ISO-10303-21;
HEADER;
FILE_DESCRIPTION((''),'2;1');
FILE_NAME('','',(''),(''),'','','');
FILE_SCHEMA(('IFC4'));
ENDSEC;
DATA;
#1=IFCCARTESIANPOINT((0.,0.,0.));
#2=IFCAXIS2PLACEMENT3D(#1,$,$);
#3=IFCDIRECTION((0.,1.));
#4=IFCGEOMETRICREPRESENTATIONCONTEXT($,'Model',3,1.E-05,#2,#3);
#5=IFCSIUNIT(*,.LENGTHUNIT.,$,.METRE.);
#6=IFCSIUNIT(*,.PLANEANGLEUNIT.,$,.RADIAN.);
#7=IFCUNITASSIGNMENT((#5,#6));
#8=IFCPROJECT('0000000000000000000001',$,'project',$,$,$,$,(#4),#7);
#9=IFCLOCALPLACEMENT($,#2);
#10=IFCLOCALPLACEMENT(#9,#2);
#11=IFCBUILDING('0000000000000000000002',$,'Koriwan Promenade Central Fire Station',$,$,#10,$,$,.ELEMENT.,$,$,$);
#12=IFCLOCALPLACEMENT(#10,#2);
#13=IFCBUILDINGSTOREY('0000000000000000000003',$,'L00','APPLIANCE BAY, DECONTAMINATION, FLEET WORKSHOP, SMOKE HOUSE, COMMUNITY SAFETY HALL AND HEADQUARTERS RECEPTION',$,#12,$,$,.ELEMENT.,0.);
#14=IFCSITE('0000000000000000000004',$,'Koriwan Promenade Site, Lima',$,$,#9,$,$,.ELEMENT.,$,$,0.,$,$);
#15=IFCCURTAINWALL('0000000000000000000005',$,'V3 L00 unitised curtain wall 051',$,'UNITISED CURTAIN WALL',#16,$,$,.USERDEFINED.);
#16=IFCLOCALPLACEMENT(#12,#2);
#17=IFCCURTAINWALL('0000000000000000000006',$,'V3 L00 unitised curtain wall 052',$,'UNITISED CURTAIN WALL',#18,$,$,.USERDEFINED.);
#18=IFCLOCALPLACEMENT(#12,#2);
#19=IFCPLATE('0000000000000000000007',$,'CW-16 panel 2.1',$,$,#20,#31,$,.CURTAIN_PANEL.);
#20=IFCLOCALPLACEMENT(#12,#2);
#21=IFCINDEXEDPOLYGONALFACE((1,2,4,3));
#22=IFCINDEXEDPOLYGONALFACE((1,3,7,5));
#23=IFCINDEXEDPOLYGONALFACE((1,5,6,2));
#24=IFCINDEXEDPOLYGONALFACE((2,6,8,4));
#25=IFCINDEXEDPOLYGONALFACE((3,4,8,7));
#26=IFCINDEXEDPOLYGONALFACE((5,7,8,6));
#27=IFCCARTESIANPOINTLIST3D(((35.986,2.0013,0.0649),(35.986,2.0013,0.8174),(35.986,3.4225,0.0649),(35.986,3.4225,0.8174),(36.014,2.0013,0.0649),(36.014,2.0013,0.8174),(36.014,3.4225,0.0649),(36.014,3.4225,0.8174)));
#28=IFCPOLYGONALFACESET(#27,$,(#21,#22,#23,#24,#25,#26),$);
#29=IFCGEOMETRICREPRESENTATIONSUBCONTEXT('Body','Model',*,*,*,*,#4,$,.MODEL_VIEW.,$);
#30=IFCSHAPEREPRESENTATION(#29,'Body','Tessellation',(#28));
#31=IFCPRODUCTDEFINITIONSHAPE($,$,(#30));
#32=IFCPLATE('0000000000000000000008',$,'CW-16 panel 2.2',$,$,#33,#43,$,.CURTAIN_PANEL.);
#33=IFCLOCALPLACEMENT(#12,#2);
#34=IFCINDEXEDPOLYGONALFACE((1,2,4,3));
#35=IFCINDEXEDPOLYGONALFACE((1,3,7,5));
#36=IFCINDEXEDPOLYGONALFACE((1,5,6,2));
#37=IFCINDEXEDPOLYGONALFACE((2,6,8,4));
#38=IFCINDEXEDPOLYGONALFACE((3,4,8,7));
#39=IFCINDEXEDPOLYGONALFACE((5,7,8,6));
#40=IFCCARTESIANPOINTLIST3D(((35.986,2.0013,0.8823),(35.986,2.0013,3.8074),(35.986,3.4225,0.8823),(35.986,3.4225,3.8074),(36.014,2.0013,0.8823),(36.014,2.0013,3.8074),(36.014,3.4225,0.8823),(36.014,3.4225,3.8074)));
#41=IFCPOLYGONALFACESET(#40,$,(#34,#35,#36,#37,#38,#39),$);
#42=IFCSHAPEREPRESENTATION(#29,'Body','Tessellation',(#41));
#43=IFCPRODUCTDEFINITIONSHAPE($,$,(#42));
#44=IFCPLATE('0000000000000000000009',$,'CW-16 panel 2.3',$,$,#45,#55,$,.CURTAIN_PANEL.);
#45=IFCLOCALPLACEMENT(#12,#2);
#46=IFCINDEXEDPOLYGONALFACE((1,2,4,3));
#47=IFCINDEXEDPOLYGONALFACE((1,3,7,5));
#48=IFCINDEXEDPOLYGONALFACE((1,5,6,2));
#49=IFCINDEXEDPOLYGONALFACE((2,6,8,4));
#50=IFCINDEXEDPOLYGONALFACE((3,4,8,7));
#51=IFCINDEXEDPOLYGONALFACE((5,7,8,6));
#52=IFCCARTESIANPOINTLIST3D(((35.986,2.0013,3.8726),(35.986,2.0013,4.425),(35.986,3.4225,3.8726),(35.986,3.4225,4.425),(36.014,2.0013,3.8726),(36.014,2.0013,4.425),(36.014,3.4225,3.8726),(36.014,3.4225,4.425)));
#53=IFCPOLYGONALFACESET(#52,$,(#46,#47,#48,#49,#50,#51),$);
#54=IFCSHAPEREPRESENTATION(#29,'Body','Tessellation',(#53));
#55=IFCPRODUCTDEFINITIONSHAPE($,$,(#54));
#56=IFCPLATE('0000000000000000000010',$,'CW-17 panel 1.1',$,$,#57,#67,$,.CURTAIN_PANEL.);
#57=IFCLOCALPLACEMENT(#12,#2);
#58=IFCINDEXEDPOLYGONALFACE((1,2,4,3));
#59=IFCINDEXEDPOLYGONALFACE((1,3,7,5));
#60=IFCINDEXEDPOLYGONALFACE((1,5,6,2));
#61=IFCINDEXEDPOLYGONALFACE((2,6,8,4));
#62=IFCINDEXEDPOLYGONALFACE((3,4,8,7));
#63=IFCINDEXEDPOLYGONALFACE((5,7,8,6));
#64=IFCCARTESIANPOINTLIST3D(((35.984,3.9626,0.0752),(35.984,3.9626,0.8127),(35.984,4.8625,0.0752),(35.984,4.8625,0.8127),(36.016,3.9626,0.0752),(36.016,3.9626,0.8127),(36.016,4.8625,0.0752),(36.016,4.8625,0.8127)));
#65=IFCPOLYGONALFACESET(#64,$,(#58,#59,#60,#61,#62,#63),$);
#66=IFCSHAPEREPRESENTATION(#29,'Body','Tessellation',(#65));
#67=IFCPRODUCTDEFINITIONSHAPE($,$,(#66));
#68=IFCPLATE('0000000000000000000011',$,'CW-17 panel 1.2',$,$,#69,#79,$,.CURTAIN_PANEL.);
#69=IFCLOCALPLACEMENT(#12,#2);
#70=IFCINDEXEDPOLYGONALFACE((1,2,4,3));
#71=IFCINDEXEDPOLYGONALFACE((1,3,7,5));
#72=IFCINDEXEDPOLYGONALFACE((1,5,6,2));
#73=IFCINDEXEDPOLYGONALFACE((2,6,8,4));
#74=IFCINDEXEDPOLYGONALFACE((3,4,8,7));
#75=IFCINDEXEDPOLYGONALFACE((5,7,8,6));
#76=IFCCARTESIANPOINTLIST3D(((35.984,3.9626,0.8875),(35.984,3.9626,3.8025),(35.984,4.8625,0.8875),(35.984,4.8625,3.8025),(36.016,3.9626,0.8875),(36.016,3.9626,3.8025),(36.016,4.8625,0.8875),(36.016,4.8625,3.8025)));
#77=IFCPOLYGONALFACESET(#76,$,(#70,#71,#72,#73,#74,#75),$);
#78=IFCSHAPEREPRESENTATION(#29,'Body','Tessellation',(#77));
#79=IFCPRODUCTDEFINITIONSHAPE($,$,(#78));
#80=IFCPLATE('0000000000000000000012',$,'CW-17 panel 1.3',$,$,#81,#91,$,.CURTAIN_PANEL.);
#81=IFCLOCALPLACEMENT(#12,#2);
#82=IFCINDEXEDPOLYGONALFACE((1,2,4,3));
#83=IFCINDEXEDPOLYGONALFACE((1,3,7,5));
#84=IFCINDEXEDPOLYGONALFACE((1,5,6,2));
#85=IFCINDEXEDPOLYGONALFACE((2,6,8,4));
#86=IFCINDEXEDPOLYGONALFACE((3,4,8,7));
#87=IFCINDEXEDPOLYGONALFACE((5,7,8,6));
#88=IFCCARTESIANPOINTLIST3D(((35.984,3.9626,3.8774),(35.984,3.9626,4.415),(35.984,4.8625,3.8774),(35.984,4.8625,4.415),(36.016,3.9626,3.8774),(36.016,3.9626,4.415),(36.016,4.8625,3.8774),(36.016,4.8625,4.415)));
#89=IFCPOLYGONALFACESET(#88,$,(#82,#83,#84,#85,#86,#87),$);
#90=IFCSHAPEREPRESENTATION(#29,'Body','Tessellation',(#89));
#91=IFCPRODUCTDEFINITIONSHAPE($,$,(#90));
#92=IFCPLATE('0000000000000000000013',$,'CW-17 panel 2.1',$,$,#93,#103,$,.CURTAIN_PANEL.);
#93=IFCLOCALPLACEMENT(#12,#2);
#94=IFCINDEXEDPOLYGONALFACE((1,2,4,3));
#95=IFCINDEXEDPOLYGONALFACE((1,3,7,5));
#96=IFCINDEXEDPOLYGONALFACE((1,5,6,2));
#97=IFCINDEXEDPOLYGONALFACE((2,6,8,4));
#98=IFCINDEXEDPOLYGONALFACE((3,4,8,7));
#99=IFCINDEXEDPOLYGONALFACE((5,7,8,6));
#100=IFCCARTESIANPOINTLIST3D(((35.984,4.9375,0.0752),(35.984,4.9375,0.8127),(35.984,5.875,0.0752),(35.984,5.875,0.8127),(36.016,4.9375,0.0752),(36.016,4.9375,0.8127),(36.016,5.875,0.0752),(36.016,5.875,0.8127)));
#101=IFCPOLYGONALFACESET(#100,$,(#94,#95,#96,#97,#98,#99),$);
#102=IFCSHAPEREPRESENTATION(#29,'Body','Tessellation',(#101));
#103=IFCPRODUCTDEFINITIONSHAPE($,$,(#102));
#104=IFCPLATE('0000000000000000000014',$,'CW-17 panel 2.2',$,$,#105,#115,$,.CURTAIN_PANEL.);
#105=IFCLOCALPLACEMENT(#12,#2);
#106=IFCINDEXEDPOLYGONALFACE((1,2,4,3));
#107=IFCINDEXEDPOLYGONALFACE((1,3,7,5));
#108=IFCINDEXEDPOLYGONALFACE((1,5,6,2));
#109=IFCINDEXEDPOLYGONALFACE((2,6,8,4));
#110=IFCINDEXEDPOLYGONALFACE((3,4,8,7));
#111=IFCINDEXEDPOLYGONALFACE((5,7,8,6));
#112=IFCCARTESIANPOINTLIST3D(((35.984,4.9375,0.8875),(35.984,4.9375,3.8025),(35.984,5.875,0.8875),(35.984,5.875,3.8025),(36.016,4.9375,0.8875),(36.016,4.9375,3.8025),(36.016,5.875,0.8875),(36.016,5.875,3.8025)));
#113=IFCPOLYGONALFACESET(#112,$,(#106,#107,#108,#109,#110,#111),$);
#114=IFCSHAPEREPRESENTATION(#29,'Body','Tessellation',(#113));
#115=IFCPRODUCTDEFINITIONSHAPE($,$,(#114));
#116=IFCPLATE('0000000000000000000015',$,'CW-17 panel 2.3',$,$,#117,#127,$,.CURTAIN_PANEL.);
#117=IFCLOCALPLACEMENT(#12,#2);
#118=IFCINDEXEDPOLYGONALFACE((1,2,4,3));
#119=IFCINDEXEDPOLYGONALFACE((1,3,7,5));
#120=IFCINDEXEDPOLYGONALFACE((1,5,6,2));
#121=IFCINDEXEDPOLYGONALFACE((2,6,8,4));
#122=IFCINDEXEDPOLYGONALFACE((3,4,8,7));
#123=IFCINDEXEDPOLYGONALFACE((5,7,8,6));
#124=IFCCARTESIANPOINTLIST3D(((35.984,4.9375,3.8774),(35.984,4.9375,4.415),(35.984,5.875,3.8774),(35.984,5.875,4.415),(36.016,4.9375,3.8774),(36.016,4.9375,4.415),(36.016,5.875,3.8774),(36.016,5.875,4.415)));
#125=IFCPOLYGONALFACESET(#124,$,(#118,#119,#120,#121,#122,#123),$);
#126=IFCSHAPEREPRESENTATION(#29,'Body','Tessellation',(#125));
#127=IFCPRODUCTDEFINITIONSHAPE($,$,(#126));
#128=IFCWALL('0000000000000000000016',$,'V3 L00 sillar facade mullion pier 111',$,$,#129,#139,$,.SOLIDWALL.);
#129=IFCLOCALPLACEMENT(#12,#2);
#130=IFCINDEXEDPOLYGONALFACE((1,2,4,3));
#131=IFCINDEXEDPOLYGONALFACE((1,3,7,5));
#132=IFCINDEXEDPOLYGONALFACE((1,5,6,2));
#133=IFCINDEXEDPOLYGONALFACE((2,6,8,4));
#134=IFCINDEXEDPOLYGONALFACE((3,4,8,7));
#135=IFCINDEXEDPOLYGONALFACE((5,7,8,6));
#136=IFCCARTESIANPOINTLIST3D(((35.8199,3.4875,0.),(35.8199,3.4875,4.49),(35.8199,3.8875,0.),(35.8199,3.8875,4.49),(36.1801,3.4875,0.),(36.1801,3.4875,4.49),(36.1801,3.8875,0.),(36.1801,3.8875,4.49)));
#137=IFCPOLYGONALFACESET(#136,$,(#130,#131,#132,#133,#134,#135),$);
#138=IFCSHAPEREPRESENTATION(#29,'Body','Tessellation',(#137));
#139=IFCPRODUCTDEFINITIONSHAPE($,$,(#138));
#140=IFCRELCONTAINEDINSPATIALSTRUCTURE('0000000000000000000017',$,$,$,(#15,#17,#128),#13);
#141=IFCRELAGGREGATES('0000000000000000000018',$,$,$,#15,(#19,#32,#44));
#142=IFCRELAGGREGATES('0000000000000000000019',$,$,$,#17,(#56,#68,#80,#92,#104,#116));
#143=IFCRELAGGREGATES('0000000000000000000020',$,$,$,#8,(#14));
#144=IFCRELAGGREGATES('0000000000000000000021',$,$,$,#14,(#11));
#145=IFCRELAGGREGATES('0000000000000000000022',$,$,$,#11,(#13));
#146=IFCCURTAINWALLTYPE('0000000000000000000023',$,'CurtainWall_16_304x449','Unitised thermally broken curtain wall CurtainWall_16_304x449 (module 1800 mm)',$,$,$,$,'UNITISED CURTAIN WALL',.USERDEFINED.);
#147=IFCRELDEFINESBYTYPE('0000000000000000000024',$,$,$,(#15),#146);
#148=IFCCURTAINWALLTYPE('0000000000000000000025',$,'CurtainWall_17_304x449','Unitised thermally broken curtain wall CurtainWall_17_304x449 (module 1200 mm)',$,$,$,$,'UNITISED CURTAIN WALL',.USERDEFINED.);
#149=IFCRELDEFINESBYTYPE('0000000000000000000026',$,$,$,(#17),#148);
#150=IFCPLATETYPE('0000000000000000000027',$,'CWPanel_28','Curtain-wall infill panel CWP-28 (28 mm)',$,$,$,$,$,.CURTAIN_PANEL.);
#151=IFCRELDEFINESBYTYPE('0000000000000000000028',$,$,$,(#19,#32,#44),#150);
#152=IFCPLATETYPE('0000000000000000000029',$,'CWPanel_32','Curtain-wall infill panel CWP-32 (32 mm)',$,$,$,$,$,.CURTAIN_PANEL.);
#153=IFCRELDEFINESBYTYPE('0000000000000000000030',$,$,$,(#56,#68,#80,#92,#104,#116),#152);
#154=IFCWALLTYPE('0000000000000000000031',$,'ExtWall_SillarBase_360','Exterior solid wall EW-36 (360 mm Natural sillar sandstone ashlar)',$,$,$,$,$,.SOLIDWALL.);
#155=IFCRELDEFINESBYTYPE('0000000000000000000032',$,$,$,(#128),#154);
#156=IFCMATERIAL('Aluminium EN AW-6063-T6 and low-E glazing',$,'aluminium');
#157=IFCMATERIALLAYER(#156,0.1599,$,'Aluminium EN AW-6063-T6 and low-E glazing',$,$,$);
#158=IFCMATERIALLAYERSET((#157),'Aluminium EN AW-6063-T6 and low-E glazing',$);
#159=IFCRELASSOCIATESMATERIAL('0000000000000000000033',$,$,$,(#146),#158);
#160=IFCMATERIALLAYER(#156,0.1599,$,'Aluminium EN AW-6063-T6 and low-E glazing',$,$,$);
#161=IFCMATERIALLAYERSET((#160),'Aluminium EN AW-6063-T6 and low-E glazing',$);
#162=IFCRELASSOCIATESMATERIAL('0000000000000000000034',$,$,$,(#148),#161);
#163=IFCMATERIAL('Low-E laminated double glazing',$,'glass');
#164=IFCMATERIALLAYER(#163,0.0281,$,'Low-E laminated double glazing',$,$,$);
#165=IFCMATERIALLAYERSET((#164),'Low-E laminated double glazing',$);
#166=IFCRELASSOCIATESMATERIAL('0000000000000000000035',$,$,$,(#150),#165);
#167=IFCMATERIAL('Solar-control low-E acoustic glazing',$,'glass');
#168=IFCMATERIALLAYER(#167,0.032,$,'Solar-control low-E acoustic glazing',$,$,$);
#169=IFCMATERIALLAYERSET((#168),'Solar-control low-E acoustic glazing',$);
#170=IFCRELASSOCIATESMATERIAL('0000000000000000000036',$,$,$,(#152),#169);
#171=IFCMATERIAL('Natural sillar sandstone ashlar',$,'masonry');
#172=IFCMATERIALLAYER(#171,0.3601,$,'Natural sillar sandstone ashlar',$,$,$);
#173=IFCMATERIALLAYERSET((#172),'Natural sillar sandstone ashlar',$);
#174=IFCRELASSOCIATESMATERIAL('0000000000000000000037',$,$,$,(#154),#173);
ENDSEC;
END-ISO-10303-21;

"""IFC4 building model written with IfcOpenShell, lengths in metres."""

from ifc_helpers import new_model, si_unit, direction, frame, frame_2d, origin, origin_2d, place, context, subcontext, project, spatial, rectangle, extrude, material, layer, layer_set, type_object, element, aggregate, save


model = new_model("IFC4")

# Units and contexts
model_context = context("Model", 3, precision=1e-05, world=origin(), true_north=direction((0.0, 1.0)))
body_context = subcontext(model_context, "Body", "Model", "MODEL_VIEW")
ifc_project = project(units=[si_unit("LENGTHUNIT", "METRE"), si_unit("PLANEANGLEUNIT", "RADIAN")], contexts=[model_context])

# Site, building, storey
site_placement = place(None, origin())
site = spatial("IfcSite", under=ifc_project, at=site_placement, Name="Koriwan Promenade Site, Lima", CompositionType="ELEMENT", RefElevation=0.0)
building_placement = place(site_placement, origin())
building = spatial("IfcBuilding", under=site, at=building_placement, Name="Koriwan Promenade Central Fire Station", CompositionType="ELEMENT")
storey_placement = place(building_placement, origin())
storey = spatial("IfcBuildingStorey", under=building, at=storey_placement, Name="L00", Description="APPLIANCE BAY, DECONTAMINATION, FLEET WORKSHOP, SMOKE HOUSE, COMMUNITY SAFETY HALL AND HEADQUARTERS RECEPTION", CompositionType="ELEMENT", Elevation=0.0)

# Curtain walls
ifc_material_1 = material(Name="Aluminium EN AW-6063-T6 and low-E glazing", Category="aluminium")
ifc_layer_1 = layer(ifc_material_1, 0.1599, Name="Aluminium EN AW-6063-T6 and low-E glazing")
ifc_layer_set_1 = layer_set([ifc_layer_1], Name="Aluminium EN AW-6063-T6 and low-E glazing")
curtain_wall_type_1 = type_object("IfcCurtainWallType", Name="CurtainWall_16_304x449", Description="Unitised thermally broken curtain wall CurtainWall_16_304x449 (module 1800 mm)", ElementType="UNITISED CURTAIN WALL", PredefinedType="USERDEFINED", material=ifc_layer_set_1)
curtain_wall_1_placement = place(storey_placement, origin())
curtain_wall_1 = element("IfcCurtainWall", 1, at=curtain_wall_1_placement, inside=storey, type_object=curtain_wall_type_1, Name="V3 L00 unitised curtain wall 051", ObjectType="UNITISED CURTAIN WALL", PredefinedType="USERDEFINED")
ifc_layer_2 = layer(ifc_material_1, 0.1599, Name="Aluminium EN AW-6063-T6 and low-E glazing")
ifc_layer_set_2 = layer_set([ifc_layer_2], Name="Aluminium EN AW-6063-T6 and low-E glazing")
curtain_wall_type_2 = type_object("IfcCurtainWallType", Name="CurtainWall_17_304x449", Description="Unitised thermally broken curtain wall CurtainWall_17_304x449 (module 1200 mm)", ElementType="UNITISED CURTAIN WALL", PredefinedType="USERDEFINED", material=ifc_layer_set_2)
curtain_wall_2_placement = place(storey_placement, origin())
curtain_wall_2 = element("IfcCurtainWall", 2, at=curtain_wall_2_placement, inside=storey, type_object=curtain_wall_type_2, Name="V3 L00 unitised curtain wall 052", ObjectType="UNITISED CURTAIN WALL", PredefinedType="USERDEFINED")

# Plates
ifc_material_2 = material(Name="Low-E laminated double glazing", Category="glass")
ifc_layer_3 = layer(ifc_material_2, 0.0281, Name="Low-E laminated double glazing")
ifc_layer_set_3 = layer_set([ifc_layer_3], Name="Low-E laminated double glazing")
plate_type_1 = type_object("IfcPlateType", Name="CWPanel_28", Description="Curtain-wall infill panel CWP-28 (28 mm)", PredefinedType="CURTAIN_PANEL", material=ifc_layer_set_3)
plate_1_placement = place(storey_placement, frame((36.0, 2.7119, 0.0649), z_axis=(0.0, 0.0, 1.0), x_axis=(0.0, 1.0, 0.0)))
plate_1 = element("IfcPlate", 3, at=plate_1_placement, type_object=plate_type_1, Name="CW-16 panel 2.1", PredefinedType="CURTAIN_PANEL", context=body_context, shape_type="SweptSolid", body=[
    extrude(rectangle(XDim=1.4211, YDim=0.0281, at=origin_2d()), origin(), (0.0, 0.0, 1.0), 0.7524),
])
plate_2_placement = place(storey_placement, frame((36.0, 2.7119, 0.8823), z_axis=(0.0, 0.0, 1.0), x_axis=(0.0, 1.0, 0.0)))
plate_2 = element("IfcPlate", 4, at=plate_2_placement, type_object=plate_type_1, Name="CW-16 panel 2.2", PredefinedType="CURTAIN_PANEL", context=body_context, shape_type="SweptSolid", body=[
    extrude(rectangle(XDim=1.4211, YDim=0.0281, at=origin_2d()), origin(), (0.0, 0.0, 1.0), 2.925),
])
plate_3_placement = place(storey_placement, frame((36.0, 2.7119, 3.8726), z_axis=(0.0, 0.0, 1.0), x_axis=(0.0, 1.0, 0.0)))
plate_3 = element("IfcPlate", 5, at=plate_3_placement, type_object=plate_type_1, Name="CW-16 panel 2.3", PredefinedType="CURTAIN_PANEL", context=body_context, shape_type="SweptSolid", body=[
    extrude(rectangle(XDim=1.4211, YDim=0.0281, at=origin_2d()), origin(), (0.0, 0.0, 1.0), 0.5525),
])
aggregate(curtain_wall_1, [plate_1, plate_2, plate_3])
ifc_material_3 = material(Name="Solar-control low-E acoustic glazing", Category="glass")
ifc_layer_4 = layer(ifc_material_3, 0.032, Name="Solar-control low-E acoustic glazing")
ifc_layer_set_4 = layer_set([ifc_layer_4], Name="Solar-control low-E acoustic glazing")
plate_type_2 = type_object("IfcPlateType", Name="CWPanel_32", Description="Curtain-wall infill panel CWP-32 (32 mm)", PredefinedType="CURTAIN_PANEL", material=ifc_layer_set_4)
plate_4_placement = place(storey_placement, frame((36.0, 4.4126, 0.0752), z_axis=(0.0, 0.0, 1.0), x_axis=(0.0, 1.0, 0.0)))
plate_4 = element("IfcPlate", 6, at=plate_4_placement, type_object=plate_type_2, Name="CW-17 panel 1.1", PredefinedType="CURTAIN_PANEL", context=body_context, shape_type="SweptSolid", body=[
    extrude(rectangle(XDim=0.8999, YDim=0.032, at=origin_2d()), origin(), (0.0, 0.0, 1.0), 0.7375),
])
plate_5_placement = place(storey_placement, frame((36.0, 4.4126, 0.8875), z_axis=(0.0, 0.0, 1.0), x_axis=(0.0, 1.0, 0.0)))
plate_5 = element("IfcPlate", 7, at=plate_5_placement, type_object=plate_type_2, Name="CW-17 panel 1.2", PredefinedType="CURTAIN_PANEL", context=body_context, shape_type="SweptSolid", body=[
    extrude(rectangle(XDim=0.8999, YDim=0.032, at=origin_2d()), origin(), (0.0, 0.0, 1.0), 2.915),
])
plate_6_placement = place(storey_placement, frame((36.0, 4.4126, 3.8774), z_axis=(0.0, 0.0, 1.0), x_axis=(0.0, 1.0, 0.0)))
plate_6 = element("IfcPlate", 8, at=plate_6_placement, type_object=plate_type_2, Name="CW-17 panel 1.3", PredefinedType="CURTAIN_PANEL", context=body_context, shape_type="SweptSolid", body=[
    extrude(rectangle(XDim=0.8999, YDim=0.032, at=origin_2d()), origin(), (0.0, 0.0, 1.0), 0.5376),
])
plate_7_placement = place(storey_placement, frame((36.0, 5.4062, 0.0752), z_axis=(0.0, 0.0, 1.0), x_axis=(0.0, 1.0, 0.0)))
plate_7 = element("IfcPlate", 9, at=plate_7_placement, type_object=plate_type_2, Name="CW-17 panel 2.1", PredefinedType="CURTAIN_PANEL", context=body_context, shape_type="SweptSolid", body=[
    extrude(rectangle(XDim=0.9375, YDim=0.032, at=origin_2d()), origin(), (0.0, 0.0, 1.0), 0.7375),
])
plate_8_placement = place(storey_placement, frame((36.0, 5.4062, 0.8875), z_axis=(0.0, 0.0, 1.0), x_axis=(0.0, 1.0, 0.0)))
plate_8 = element("IfcPlate", 10, at=plate_8_placement, type_object=plate_type_2, Name="CW-17 panel 2.2", PredefinedType="CURTAIN_PANEL", context=body_context, shape_type="SweptSolid", body=[
    extrude(rectangle(XDim=0.9375, YDim=0.032, at=origin_2d()), origin(), (0.0, 0.0, 1.0), 2.915),
])
plate_9_placement = place(storey_placement, frame((36.0, 5.4062, 3.8774), z_axis=(0.0, 0.0, 1.0), x_axis=(0.0, 1.0, 0.0)))
plate_9 = element("IfcPlate", 11, at=plate_9_placement, type_object=plate_type_2, Name="CW-17 panel 2.3", PredefinedType="CURTAIN_PANEL", context=body_context, shape_type="SweptSolid", body=[
    extrude(rectangle(XDim=0.9375, YDim=0.032, at=origin_2d()), origin(), (0.0, 0.0, 1.0), 0.5376),
])
aggregate(curtain_wall_2, [plate_4, plate_5, plate_6, plate_7, plate_8, plate_9])

# Wall
ifc_material_4 = material(Name="Natural sillar sandstone ashlar", Category="masonry")
ifc_layer_5 = layer(ifc_material_4, 0.3601, Name="Natural sillar sandstone ashlar")
ifc_layer_set_5 = layer_set([ifc_layer_5], Name="Natural sillar sandstone ashlar")
wall_type = type_object("IfcWallType", Name="ExtWall_SillarBase_360", Description="Exterior solid wall EW-36 (360 mm Natural sillar sandstone ashlar)", PredefinedType="SOLIDWALL", material=ifc_layer_set_5)
wall_placement = place(storey_placement, frame((36.0, 3.4875, 0.0), z_axis=(0.0, 0.0, 1.0), x_axis=(0.0, 1.0, 0.0)))
element("IfcWall", 12, at=wall_placement, inside=storey, type_object=wall_type, Name="V3 L00 sillar facade mullion pier 111", PredefinedType="SOLIDWALL", context=body_context, shape_type="SweptSolid", body=[
    extrude(rectangle(XDim=0.3999, YDim=0.3601, at=frame_2d((0.2, 0.0))), origin(), (0.0, 0.0, 1.0), 4.49),
])

save(model, "model.ifc")
